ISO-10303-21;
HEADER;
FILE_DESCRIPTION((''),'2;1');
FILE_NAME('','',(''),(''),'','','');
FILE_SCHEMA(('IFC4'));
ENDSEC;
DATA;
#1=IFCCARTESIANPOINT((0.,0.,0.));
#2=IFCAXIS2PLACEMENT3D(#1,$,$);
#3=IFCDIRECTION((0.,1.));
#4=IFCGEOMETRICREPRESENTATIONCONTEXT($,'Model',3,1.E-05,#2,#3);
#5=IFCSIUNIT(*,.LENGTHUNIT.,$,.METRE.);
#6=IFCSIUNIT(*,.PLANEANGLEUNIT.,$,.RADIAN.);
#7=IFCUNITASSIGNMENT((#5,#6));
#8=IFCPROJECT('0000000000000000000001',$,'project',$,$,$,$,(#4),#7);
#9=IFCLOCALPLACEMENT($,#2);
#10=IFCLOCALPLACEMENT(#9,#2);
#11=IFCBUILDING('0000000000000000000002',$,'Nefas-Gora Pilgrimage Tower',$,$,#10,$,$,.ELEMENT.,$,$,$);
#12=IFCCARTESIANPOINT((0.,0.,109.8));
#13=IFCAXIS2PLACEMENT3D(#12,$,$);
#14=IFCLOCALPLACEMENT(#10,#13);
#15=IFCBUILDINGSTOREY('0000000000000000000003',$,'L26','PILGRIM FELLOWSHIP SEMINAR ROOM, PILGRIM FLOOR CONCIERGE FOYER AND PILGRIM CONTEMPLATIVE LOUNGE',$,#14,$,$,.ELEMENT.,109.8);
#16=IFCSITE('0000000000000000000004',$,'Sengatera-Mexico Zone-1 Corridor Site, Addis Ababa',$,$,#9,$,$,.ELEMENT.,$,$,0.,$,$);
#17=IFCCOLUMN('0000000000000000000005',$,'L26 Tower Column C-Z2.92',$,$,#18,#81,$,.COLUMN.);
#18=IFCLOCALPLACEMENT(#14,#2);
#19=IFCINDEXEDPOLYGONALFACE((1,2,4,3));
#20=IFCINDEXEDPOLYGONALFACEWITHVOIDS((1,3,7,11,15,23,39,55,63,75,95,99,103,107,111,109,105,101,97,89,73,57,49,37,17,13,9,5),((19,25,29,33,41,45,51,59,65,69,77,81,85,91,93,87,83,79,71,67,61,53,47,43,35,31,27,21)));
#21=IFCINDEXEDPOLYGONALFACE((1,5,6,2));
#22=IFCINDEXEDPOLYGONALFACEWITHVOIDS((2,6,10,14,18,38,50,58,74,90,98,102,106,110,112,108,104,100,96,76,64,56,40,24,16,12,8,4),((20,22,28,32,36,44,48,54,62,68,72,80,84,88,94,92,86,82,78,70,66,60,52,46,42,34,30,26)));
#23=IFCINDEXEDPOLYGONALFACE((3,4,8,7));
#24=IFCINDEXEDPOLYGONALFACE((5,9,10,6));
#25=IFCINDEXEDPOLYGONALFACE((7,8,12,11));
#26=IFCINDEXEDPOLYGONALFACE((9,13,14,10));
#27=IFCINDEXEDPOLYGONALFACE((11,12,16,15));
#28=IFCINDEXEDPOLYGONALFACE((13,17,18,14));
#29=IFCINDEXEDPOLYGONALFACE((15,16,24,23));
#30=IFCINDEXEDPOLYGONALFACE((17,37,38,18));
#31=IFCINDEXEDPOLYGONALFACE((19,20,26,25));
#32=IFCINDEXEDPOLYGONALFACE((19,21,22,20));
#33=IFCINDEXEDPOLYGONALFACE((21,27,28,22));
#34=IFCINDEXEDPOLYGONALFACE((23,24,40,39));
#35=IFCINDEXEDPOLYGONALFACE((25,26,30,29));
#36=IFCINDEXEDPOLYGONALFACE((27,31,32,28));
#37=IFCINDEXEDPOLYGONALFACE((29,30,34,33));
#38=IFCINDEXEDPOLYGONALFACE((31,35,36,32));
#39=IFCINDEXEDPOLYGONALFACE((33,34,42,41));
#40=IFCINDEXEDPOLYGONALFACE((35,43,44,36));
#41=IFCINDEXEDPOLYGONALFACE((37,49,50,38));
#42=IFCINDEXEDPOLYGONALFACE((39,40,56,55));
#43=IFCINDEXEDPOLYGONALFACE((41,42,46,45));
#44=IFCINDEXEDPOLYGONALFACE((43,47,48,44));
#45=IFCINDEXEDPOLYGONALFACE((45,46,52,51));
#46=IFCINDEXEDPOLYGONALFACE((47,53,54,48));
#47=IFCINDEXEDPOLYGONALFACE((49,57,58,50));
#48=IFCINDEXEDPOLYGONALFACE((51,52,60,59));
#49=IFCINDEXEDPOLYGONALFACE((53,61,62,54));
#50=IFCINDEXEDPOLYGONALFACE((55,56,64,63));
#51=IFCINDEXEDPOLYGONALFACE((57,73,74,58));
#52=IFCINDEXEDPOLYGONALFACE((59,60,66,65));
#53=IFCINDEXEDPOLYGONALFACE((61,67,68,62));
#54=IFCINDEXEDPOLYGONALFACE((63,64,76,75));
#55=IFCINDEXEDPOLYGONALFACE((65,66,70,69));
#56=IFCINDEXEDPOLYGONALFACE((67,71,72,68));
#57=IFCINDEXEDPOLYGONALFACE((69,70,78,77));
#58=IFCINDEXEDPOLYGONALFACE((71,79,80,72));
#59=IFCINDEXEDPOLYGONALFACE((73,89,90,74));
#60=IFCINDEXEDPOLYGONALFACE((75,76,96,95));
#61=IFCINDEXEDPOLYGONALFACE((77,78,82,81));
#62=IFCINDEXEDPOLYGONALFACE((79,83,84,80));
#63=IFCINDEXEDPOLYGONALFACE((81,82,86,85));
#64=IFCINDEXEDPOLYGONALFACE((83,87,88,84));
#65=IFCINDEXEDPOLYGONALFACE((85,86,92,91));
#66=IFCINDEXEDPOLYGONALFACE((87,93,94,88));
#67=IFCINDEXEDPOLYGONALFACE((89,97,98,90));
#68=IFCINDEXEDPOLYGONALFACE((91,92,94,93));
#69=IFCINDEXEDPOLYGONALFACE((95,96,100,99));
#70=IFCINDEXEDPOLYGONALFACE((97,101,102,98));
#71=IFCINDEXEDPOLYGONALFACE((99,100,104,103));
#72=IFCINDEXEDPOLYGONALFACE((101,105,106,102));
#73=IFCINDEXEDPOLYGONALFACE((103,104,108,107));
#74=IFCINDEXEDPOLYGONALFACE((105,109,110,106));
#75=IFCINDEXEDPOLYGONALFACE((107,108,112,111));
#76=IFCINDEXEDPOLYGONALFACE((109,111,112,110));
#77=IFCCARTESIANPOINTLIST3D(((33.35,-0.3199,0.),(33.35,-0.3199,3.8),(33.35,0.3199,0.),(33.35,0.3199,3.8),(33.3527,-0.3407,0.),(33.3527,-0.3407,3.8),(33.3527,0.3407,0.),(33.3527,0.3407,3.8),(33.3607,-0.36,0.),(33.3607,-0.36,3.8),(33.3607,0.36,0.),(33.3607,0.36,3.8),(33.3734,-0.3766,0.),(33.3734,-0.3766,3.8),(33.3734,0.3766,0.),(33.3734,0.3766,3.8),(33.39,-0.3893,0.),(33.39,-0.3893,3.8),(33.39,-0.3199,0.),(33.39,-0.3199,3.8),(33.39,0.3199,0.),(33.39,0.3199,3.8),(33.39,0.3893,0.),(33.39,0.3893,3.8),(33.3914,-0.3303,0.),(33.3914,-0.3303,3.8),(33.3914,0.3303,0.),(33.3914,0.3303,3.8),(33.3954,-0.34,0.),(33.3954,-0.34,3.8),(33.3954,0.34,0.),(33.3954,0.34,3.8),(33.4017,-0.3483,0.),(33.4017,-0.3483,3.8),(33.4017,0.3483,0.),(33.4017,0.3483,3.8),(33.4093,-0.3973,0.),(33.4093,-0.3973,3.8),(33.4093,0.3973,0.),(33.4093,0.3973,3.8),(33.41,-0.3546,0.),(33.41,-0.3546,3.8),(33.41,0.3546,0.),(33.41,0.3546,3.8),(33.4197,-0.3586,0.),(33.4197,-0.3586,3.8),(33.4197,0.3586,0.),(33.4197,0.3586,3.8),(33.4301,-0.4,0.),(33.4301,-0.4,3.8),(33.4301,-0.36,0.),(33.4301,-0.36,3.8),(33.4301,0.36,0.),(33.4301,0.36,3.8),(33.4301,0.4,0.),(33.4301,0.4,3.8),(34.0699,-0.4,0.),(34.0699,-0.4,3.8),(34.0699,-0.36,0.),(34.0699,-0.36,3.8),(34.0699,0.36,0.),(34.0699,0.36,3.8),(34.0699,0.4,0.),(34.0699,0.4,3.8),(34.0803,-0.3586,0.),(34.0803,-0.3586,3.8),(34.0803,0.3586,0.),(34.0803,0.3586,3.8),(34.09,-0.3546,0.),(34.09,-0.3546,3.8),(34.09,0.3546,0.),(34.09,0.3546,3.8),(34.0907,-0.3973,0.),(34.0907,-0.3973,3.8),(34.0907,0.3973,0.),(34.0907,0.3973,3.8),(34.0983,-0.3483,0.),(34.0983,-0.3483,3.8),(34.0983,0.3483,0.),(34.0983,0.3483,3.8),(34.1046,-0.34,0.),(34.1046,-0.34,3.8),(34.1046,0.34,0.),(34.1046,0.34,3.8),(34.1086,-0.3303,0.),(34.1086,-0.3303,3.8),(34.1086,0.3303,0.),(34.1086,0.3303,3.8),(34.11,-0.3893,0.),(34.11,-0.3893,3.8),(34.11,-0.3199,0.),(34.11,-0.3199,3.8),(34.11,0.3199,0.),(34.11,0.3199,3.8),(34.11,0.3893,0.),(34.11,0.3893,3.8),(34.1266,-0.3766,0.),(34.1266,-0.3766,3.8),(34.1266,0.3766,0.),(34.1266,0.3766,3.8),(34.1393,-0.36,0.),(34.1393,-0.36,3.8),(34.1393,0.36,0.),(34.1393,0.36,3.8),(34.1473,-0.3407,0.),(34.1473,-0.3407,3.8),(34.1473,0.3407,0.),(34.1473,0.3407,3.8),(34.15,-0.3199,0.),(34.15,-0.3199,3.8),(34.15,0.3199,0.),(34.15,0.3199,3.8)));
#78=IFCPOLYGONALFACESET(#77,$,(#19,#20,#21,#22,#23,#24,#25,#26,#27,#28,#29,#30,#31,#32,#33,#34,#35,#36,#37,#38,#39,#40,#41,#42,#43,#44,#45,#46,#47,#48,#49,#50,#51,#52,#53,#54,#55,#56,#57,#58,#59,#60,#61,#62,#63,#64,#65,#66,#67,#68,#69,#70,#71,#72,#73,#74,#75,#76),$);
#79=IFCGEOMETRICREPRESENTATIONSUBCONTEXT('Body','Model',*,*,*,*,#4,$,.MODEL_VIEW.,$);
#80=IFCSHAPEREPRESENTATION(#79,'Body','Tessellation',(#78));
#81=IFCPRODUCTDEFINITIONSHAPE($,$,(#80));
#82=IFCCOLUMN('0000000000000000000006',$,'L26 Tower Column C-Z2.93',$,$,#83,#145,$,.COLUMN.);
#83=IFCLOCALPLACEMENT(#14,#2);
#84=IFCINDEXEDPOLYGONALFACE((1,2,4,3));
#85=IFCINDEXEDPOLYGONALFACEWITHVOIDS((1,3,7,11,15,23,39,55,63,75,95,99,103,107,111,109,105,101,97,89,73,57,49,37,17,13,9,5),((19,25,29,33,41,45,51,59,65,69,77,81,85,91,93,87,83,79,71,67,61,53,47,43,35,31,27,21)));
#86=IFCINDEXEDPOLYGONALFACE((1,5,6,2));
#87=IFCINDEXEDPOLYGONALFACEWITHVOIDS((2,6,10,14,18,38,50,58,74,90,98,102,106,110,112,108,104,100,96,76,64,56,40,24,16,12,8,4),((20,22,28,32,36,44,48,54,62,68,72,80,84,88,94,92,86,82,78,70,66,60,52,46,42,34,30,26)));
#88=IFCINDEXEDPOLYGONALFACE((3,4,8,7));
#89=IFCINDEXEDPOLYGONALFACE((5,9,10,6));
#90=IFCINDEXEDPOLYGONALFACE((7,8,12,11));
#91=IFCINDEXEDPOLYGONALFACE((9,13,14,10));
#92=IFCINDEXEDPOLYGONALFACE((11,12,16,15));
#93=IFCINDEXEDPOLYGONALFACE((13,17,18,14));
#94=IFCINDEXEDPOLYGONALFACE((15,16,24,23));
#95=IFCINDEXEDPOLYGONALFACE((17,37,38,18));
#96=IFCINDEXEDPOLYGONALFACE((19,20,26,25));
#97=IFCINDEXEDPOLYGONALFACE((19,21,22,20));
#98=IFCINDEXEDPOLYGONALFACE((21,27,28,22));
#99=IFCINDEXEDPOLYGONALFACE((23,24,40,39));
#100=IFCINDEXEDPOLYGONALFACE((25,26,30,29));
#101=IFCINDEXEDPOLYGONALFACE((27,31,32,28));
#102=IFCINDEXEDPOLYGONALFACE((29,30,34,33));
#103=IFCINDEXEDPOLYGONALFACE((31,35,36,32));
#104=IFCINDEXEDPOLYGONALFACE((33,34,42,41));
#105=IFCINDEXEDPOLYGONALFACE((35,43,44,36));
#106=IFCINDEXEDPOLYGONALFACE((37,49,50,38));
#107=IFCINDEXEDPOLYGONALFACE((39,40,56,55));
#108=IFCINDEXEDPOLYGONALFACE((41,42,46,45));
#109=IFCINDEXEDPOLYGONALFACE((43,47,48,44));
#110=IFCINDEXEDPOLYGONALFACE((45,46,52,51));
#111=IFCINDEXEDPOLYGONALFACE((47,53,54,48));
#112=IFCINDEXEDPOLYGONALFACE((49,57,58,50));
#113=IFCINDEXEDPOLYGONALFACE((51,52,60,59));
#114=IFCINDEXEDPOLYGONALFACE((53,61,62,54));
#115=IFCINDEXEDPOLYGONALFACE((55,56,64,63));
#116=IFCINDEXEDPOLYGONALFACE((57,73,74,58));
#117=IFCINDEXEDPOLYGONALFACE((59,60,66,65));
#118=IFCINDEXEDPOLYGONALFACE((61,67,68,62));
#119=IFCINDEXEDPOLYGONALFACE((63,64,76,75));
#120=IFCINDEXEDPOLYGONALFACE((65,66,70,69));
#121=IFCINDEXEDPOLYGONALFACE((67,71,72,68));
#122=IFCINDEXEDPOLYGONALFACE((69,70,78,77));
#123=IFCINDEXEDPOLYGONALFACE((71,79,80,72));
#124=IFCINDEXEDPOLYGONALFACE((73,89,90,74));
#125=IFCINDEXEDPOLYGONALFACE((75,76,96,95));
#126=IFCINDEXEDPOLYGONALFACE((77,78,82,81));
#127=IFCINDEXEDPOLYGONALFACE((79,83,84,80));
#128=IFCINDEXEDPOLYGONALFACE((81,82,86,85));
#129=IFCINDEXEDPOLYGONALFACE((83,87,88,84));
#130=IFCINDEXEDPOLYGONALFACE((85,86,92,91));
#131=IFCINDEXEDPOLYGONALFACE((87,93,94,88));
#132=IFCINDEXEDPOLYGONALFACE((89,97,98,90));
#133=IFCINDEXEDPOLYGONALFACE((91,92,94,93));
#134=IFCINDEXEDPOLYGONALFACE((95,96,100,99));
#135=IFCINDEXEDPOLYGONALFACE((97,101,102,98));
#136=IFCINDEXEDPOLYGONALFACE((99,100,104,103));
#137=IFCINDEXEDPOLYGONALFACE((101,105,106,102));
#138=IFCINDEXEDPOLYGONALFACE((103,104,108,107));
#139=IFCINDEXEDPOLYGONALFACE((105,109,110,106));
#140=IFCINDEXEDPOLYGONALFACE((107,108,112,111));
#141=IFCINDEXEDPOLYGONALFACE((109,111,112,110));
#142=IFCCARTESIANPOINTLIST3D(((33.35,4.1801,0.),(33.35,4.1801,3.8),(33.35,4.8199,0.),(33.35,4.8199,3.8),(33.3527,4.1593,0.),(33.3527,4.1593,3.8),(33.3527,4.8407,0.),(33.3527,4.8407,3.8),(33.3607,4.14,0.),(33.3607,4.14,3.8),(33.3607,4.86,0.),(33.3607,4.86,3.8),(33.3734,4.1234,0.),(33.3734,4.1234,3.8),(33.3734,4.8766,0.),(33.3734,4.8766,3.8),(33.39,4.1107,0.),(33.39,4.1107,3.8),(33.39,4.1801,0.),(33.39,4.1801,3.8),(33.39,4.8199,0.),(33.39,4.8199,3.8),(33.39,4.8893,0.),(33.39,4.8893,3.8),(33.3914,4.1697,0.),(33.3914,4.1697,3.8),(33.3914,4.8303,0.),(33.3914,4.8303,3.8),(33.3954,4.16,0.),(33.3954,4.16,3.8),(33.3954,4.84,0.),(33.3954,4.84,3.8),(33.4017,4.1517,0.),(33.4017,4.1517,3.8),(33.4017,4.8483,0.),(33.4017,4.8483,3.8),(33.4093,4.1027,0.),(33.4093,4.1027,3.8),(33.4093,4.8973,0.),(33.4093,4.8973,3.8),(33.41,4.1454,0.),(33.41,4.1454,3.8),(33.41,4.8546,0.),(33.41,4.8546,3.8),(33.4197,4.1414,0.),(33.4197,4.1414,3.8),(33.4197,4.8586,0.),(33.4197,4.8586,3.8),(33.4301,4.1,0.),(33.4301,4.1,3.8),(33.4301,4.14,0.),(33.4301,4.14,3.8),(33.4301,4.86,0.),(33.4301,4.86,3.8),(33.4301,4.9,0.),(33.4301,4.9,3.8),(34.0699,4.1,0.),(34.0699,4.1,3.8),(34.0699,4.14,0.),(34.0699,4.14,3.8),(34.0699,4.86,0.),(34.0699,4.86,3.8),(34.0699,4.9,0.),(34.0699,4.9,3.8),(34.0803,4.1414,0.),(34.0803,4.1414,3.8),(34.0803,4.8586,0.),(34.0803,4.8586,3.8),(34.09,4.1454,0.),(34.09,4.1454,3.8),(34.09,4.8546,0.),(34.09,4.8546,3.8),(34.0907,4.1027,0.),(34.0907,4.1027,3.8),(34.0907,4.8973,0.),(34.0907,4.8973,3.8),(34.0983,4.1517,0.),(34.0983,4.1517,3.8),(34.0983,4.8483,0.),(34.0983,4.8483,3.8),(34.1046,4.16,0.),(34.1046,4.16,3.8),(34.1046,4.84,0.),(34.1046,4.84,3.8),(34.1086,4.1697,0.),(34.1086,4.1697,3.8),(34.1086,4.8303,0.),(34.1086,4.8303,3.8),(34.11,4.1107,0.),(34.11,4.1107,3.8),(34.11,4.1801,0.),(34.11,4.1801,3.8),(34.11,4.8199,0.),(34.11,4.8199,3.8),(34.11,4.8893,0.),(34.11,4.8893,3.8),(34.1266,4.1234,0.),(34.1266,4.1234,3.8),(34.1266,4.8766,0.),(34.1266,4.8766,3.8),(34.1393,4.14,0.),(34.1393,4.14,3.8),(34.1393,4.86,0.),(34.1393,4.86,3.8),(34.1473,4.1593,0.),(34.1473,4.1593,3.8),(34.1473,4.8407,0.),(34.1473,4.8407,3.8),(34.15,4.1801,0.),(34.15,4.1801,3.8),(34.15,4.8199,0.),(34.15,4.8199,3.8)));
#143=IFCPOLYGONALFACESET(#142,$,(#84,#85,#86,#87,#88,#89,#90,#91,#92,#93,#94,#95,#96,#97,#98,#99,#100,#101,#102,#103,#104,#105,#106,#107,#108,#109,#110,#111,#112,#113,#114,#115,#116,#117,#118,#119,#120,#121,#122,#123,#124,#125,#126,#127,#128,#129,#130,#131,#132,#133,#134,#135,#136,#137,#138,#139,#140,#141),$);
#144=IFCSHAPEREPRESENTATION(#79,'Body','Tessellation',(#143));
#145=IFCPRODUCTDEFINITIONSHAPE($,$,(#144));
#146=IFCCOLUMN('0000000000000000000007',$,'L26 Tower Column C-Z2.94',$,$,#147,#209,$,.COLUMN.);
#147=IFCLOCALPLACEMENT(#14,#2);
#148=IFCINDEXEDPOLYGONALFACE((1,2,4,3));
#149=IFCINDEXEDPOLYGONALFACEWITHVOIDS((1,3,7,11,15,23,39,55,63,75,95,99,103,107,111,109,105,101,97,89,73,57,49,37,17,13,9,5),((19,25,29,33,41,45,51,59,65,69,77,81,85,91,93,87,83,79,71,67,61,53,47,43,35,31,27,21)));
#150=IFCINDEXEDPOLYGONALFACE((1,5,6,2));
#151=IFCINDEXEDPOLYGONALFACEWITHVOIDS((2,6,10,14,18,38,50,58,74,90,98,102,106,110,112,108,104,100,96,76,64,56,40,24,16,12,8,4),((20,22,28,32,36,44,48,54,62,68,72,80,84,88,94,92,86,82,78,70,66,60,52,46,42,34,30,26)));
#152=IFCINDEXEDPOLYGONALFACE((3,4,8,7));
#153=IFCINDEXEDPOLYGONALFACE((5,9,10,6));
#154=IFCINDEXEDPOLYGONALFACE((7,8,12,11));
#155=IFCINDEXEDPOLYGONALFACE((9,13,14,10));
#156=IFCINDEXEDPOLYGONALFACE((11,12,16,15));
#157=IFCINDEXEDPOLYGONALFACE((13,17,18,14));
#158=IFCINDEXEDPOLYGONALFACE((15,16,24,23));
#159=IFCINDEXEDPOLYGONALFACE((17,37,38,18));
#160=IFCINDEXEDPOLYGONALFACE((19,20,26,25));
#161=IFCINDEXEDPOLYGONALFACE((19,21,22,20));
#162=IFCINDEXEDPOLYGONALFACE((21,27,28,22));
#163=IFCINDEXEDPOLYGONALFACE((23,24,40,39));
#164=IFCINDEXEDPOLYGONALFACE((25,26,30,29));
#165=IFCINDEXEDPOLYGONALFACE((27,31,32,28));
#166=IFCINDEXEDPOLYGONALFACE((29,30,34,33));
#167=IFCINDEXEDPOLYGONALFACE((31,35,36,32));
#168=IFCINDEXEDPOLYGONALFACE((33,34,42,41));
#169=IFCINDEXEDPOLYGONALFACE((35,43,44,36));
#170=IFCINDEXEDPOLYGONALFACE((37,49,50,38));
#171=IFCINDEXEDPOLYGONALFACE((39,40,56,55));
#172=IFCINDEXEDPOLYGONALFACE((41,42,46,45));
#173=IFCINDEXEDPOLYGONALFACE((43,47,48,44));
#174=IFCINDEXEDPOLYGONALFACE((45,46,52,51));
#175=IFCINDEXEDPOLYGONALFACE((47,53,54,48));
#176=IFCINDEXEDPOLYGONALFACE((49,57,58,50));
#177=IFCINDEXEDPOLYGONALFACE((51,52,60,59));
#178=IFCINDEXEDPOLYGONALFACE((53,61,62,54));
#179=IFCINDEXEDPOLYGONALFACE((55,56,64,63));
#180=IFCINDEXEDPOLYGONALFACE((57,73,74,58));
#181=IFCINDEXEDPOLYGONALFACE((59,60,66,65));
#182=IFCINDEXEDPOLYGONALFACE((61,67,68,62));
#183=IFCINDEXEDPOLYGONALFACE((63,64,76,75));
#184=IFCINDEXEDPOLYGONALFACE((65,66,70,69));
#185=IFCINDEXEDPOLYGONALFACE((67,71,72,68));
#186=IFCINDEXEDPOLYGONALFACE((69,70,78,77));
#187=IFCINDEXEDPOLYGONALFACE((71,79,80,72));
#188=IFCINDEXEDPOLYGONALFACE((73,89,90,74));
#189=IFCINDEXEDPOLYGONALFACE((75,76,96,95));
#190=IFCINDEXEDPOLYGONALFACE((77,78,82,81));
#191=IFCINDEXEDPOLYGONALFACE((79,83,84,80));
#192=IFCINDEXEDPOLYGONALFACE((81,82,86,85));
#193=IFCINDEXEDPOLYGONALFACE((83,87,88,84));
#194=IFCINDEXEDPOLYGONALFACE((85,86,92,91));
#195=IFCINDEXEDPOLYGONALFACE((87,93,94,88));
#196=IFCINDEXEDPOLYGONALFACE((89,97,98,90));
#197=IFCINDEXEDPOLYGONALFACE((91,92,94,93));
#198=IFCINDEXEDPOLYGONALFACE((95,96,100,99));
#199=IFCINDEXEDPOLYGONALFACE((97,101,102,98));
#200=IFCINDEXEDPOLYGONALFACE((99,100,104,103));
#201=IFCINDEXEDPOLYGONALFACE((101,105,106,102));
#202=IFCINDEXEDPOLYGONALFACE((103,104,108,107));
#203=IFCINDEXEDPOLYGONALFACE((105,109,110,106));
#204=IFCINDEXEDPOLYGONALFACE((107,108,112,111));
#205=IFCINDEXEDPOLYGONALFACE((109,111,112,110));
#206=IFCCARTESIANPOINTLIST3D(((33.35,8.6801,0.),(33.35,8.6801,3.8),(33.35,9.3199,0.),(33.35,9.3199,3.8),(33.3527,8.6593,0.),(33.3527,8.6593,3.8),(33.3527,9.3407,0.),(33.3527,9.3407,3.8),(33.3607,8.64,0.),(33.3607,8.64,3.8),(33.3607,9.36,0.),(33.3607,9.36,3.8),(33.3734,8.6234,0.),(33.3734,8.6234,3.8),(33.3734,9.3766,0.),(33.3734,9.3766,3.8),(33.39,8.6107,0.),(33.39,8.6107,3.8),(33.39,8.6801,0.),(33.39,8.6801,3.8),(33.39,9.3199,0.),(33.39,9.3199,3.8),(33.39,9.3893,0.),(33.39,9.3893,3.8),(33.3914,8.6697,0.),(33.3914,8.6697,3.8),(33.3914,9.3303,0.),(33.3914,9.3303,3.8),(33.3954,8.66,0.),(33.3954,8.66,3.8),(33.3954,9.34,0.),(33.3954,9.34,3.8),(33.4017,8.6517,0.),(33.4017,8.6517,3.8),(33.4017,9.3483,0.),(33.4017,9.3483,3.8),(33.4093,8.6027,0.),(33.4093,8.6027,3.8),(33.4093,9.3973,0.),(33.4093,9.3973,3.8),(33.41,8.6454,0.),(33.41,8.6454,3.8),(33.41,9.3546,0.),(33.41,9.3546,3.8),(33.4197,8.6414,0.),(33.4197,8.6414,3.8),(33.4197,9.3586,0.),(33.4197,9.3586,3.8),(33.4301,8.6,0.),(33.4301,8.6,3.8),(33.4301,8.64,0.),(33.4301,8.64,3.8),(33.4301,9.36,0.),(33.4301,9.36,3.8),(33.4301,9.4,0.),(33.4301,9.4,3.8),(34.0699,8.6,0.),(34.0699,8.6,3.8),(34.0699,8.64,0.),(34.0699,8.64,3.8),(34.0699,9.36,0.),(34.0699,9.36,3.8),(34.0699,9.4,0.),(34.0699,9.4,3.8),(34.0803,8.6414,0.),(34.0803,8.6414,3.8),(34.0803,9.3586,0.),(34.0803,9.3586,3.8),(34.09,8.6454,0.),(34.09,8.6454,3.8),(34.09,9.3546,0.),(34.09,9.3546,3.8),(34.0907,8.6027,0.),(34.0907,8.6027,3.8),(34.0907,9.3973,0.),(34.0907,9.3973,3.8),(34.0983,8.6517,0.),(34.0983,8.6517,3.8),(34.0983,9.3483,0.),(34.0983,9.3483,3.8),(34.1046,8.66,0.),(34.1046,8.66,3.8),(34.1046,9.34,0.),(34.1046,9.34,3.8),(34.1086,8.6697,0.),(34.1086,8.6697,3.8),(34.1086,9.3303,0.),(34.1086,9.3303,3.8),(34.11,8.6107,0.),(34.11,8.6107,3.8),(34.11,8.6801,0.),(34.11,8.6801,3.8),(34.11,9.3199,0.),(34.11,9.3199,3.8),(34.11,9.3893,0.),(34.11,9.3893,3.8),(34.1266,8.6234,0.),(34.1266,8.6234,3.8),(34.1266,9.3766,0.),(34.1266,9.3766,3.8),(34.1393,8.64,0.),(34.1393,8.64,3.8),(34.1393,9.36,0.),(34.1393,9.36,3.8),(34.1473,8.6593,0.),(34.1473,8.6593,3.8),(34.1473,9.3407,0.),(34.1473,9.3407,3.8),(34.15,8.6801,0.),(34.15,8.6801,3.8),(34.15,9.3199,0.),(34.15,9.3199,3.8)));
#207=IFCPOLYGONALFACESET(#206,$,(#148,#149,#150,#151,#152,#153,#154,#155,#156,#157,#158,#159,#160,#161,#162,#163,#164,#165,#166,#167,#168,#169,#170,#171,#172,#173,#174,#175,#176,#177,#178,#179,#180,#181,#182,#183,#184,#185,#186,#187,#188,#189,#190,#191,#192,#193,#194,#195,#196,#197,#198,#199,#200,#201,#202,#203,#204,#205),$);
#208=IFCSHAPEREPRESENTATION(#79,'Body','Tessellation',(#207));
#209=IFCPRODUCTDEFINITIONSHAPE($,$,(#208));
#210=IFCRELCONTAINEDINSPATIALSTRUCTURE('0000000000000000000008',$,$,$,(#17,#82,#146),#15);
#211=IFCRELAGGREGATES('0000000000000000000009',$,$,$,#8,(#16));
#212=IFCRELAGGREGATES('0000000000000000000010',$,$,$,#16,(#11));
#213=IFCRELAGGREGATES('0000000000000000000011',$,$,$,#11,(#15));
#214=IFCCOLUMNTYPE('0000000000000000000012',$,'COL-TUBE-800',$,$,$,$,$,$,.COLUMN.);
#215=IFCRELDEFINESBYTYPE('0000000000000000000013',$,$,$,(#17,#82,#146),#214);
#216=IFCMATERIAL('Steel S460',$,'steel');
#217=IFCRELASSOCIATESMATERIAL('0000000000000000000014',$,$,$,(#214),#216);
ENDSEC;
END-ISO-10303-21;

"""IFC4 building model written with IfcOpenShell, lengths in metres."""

from ifc_helpers import new_model, si_unit, direction, frame, origin, origin_2d, place, context, subcontext, project, spatial, hollow_rectangle, extrude, source, transform, mapped, material, material_profile, profile_set, type_object, element, save


model = new_model("IFC4")

# Units and contexts
model_context = context("Model", 3, precision=1e-05, world=origin(), true_north=direction((0.0, 1.0)))
body_context = subcontext(model_context, "Body", "Model", "MODEL_VIEW")
ifc_project = project(units=[si_unit("LENGTHUNIT", "METRE"), si_unit("PLANEANGLEUNIT", "RADIAN")], contexts=[model_context])

# Site, building, storey
site_placement = place(None, origin())
site = spatial("IfcSite", under=ifc_project, at=site_placement, Name="Sengatera-Mexico Zone-1 Corridor Site, Addis Ababa", CompositionType="ELEMENT", RefElevation=0.0)
building_placement = place(site_placement, origin())
building = spatial("IfcBuilding", under=site, at=building_placement, Name="Nefas-Gora Pilgrimage Tower", CompositionType="ELEMENT")
storey_placement = place(building_placement, frame((0.0, 0.0, 109.8)))
storey = spatial("IfcBuildingStorey", under=building, at=storey_placement, Name="L26", Description="PILGRIM FELLOWSHIP SEMINAR ROOM, PILGRIM FLOOR CONCIERGE FOYER AND PILGRIM CONTEMPLATIVE LOUNGE", CompositionType="ELEMENT", Elevation=109.8)

# Columns
ifc_material_1 = material(Name="Steel S460", Category="steel")
ifc_material_profile_1 = material_profile(ifc_material_1, hollow_rectangle(XDim=0.8, YDim=0.8, WallThickness=0.04, InnerFilletRadius=0.04, OuterFilletRadius=0.0801, at=origin_2d()), Name="BOX 800x800x40")
ifc_profile_set_1 = profile_set([ifc_material_profile_1], Name="Steel S460")
column_type_1 = type_object("IfcColumnType", Name="COL-TUBE-800", PredefinedType="COLUMN", material=ifc_profile_set_1)
shared_shape_1 = source(origin(), body_context, "Body", "SweptSolid", [
    extrude(hollow_rectangle(XDim=0.8, YDim=0.8, WallThickness=0.04, InnerFilletRadius=0.04, OuterFilletRadius=0.0801, at=origin_2d()), origin(), (0.0, 0.0, 1.0), 3.8),
])
for number, where, z_axis, x_axis, name in (
    (1, (33.75, 0.0, 0.0), (0.0, 0.0, 1.0), (1.0, 0.0, 0.0), "L26 Tower Column C-Z2.92"),
    (2, (33.75, 4.5, 0.0), (0.0, 0.0, 1.0), (1.0, 0.0, 0.0), "L26 Tower Column C-Z2.93"),
    (3, (33.75, 9.0, 0.0), (0.0, 0.0, 1.0), (1.0, 0.0, 0.0), "L26 Tower Column C-Z2.94"),
):
    element("IfcColumn", number, at=place(storey_placement, frame(where, z_axis=z_axis, x_axis=x_axis)), inside=storey, type_object=column_type_1, Name=name, PredefinedType="COLUMN", context=body_context, shape_type="MappedRepresentation", body=[
        mapped(shared_shape_1, transform((0.0, 0.0, 0.0), x_axis=(1.0, 0.0, 0.0), y_axis=(0.0, 1.0, 0.0), z_axis=(0.0, 0.0, 1.0), scale=1.0)),
    ])

save(model, "model.ifc")
